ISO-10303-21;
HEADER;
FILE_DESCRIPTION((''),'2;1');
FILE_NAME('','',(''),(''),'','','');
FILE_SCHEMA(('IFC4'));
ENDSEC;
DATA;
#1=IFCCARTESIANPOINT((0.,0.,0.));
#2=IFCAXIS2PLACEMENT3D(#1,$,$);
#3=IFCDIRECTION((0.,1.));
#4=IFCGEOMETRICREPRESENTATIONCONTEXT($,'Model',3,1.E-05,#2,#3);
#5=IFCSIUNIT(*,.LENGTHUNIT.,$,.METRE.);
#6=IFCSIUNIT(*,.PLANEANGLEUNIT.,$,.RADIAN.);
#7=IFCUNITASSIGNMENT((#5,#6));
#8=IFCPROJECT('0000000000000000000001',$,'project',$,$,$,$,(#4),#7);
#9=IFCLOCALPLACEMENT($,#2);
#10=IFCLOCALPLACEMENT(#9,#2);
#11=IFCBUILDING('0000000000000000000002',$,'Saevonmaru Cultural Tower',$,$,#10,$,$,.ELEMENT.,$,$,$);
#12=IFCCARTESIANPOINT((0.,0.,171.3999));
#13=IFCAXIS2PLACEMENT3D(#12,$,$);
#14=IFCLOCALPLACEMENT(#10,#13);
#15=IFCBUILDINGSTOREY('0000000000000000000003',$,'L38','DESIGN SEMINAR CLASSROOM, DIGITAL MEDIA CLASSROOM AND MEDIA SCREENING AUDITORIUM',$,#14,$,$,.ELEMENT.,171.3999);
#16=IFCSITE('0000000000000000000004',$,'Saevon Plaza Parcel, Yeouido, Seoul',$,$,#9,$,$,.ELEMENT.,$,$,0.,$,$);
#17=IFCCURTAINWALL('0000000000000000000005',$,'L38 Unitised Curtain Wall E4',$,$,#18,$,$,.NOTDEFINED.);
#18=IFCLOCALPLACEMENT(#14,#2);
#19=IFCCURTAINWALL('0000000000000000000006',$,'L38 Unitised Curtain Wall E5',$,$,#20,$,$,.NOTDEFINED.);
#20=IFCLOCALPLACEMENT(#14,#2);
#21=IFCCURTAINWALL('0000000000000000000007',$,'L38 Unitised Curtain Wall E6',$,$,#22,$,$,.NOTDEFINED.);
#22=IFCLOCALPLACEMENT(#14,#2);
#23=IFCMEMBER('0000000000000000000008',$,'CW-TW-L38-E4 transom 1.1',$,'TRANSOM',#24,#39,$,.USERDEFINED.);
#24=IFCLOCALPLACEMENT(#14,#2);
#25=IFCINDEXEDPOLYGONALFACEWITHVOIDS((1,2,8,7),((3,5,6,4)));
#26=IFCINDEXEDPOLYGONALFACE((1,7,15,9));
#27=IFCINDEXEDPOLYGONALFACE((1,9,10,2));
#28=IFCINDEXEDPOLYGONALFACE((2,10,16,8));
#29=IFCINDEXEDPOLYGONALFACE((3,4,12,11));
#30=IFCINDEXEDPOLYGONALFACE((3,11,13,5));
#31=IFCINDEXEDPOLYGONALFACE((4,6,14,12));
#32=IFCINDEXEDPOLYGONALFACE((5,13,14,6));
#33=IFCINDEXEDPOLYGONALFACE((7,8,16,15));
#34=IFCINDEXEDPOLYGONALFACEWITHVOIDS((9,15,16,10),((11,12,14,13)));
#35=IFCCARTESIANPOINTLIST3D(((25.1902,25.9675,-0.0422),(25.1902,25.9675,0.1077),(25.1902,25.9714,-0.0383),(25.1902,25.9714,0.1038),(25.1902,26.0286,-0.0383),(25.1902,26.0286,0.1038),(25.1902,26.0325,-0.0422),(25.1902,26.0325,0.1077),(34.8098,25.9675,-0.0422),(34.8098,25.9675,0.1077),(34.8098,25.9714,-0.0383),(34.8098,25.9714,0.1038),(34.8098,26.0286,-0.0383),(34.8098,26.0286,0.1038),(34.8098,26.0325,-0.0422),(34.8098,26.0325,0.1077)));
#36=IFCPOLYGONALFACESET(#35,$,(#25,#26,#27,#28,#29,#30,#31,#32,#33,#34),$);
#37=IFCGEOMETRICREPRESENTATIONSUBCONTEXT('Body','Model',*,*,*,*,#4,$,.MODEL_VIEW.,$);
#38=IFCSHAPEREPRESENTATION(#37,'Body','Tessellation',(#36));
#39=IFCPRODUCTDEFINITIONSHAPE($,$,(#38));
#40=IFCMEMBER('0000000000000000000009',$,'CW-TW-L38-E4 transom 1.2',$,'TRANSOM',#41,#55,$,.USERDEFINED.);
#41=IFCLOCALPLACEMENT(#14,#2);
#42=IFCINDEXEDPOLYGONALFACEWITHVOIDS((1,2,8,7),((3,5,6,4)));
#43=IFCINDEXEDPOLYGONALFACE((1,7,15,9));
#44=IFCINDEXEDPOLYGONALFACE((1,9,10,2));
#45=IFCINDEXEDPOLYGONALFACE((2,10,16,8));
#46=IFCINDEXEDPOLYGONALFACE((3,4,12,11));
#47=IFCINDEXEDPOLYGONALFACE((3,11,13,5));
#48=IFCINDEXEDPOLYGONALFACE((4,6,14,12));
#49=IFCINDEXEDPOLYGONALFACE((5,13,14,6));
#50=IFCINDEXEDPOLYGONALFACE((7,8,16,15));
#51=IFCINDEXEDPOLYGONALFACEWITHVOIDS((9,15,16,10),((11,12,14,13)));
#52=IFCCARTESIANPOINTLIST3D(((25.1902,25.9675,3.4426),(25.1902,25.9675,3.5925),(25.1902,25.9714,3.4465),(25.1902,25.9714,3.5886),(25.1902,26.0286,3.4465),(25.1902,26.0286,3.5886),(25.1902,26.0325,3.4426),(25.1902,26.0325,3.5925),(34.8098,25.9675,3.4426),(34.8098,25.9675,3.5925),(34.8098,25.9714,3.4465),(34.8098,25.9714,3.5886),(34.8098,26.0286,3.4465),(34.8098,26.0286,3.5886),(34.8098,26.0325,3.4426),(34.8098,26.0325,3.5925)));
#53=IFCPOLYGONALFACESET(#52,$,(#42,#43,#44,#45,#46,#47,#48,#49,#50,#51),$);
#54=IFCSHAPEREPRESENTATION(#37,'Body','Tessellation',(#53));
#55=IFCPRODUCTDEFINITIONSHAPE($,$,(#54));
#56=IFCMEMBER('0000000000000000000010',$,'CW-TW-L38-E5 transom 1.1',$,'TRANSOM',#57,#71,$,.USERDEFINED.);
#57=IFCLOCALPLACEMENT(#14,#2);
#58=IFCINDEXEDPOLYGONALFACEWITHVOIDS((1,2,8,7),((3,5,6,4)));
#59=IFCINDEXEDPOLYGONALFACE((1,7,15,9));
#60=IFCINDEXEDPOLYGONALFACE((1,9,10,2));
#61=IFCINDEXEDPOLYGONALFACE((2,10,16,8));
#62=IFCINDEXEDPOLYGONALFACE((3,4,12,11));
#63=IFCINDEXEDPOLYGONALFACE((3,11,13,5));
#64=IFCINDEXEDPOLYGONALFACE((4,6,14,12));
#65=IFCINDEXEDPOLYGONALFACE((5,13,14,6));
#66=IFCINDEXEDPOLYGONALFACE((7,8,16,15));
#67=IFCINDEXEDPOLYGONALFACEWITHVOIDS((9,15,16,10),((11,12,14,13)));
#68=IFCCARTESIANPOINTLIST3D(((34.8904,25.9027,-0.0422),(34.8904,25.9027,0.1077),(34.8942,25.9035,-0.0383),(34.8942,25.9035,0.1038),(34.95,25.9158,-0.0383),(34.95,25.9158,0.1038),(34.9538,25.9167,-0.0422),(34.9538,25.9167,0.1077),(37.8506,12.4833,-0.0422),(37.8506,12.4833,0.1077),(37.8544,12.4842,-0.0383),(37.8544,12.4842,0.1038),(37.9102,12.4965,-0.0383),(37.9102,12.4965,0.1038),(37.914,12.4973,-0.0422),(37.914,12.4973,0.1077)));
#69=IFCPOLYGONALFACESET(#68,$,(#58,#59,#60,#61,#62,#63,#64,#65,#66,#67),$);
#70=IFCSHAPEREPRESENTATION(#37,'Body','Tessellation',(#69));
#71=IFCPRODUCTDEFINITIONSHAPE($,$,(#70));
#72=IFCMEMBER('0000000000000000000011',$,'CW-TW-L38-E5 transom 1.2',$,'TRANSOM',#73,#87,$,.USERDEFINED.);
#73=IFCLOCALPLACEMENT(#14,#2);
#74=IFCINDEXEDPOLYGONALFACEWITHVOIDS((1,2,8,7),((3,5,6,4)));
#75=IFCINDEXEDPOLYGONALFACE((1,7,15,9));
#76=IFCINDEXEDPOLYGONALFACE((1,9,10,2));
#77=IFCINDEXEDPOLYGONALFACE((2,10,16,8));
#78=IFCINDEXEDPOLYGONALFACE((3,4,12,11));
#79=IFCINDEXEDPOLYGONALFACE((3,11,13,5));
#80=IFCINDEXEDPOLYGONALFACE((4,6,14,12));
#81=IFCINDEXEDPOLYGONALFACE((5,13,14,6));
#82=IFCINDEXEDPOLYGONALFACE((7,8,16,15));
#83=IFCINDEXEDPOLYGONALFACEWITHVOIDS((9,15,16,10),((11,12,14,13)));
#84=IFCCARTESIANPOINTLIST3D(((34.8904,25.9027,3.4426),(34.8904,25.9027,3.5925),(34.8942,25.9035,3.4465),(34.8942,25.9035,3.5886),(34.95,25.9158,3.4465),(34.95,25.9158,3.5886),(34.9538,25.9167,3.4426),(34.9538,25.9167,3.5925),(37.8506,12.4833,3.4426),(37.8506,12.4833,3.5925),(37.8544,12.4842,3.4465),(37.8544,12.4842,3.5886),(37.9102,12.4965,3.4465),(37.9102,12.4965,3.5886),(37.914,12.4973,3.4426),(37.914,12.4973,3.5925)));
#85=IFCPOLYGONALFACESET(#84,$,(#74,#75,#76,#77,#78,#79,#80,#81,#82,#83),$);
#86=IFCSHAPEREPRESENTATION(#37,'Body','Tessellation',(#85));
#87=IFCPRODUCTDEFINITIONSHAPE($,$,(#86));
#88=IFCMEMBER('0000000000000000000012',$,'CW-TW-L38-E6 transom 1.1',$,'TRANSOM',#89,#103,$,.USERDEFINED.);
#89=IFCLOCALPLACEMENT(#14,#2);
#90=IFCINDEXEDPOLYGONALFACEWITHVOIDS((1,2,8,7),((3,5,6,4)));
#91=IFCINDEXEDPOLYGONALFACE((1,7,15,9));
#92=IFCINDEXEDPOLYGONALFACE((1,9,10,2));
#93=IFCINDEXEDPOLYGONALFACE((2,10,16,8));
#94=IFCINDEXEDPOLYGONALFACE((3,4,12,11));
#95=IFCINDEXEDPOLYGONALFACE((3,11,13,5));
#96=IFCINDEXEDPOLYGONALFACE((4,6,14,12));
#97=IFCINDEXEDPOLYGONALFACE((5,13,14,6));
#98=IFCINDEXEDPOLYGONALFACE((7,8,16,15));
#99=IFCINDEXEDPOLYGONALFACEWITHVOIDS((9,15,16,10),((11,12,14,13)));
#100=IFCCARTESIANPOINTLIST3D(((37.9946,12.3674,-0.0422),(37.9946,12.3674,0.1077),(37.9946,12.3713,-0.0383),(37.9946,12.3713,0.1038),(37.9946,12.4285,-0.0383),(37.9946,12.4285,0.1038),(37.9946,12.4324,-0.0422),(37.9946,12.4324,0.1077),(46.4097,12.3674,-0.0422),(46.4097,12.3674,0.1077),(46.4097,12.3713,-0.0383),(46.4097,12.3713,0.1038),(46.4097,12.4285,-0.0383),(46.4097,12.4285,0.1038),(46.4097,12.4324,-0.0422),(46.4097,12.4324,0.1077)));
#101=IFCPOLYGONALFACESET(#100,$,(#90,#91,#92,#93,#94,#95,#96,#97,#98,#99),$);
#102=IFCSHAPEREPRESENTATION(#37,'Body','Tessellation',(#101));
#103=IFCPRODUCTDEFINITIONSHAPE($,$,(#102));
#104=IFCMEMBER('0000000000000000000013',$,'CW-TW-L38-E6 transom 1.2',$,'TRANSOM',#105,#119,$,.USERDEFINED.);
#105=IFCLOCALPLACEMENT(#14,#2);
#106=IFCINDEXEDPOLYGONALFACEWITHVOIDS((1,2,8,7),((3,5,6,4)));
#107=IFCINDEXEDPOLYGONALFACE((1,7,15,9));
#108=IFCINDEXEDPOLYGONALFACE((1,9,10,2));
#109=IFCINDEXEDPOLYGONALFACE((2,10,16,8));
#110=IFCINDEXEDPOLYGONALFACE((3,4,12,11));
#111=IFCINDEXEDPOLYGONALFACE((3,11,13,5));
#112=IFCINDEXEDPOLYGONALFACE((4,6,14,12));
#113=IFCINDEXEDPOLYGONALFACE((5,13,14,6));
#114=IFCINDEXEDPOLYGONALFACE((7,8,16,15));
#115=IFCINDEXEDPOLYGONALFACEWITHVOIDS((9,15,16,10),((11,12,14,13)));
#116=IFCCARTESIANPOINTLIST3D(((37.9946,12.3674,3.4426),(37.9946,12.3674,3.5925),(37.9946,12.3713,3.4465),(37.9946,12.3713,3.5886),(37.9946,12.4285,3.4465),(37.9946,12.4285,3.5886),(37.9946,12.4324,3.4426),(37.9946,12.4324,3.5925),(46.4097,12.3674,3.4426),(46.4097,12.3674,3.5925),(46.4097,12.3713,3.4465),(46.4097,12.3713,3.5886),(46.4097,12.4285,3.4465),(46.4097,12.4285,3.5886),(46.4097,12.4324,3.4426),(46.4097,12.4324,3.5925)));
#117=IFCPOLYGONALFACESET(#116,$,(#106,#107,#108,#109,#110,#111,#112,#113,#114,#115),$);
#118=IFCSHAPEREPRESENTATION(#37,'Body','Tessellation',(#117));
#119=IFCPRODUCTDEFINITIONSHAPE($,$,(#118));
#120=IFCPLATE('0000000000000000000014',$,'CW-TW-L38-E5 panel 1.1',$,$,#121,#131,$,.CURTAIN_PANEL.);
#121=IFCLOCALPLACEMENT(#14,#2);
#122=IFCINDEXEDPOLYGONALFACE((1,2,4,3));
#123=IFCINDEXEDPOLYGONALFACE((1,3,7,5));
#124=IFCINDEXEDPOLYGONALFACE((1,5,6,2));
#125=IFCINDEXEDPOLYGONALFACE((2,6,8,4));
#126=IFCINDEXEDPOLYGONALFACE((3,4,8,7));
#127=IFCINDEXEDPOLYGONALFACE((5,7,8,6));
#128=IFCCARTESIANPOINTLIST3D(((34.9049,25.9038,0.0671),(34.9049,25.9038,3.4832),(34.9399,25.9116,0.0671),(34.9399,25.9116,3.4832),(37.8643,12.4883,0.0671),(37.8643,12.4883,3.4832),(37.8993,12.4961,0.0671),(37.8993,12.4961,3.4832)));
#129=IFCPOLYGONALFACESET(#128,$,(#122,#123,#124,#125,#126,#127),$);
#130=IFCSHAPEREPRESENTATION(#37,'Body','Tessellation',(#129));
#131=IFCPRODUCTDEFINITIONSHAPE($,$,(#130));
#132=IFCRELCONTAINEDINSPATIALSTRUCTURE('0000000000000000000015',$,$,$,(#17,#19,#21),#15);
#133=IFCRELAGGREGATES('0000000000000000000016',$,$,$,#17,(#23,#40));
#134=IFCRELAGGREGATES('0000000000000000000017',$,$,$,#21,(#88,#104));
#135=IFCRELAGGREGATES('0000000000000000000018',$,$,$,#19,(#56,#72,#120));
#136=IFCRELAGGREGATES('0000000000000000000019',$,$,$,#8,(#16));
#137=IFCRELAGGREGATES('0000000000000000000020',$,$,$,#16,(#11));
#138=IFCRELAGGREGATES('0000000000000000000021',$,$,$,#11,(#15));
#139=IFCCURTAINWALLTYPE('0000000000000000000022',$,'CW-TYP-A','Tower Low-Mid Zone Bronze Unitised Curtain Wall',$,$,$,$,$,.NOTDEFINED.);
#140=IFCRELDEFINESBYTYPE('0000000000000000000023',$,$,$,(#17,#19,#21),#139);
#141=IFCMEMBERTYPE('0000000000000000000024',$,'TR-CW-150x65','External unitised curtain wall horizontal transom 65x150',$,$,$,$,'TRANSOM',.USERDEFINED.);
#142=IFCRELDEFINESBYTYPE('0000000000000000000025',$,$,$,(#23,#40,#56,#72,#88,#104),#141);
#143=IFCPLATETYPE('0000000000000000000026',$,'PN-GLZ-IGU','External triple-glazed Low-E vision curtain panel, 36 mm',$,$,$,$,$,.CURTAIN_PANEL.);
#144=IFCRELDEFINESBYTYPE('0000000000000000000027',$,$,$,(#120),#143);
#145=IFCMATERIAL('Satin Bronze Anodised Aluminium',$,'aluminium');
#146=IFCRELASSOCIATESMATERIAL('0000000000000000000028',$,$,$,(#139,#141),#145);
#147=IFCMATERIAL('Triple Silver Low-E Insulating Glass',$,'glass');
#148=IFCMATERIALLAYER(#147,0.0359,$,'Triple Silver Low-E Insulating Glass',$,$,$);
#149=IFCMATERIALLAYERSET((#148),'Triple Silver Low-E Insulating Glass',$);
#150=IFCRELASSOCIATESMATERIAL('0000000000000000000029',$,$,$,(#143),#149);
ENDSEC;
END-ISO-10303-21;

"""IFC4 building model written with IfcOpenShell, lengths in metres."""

from ifc_helpers import new_model, si_unit, direction, frame, origin, origin_2d, place, context, subcontext, project, spatial, rectangle, hollow_rectangle, extrude, material, layer, layer_set, material_profile, profile_set, type_object, element, aggregate, save


model = new_model("IFC4")

# Units and contexts
model_context = context("Model", 3, precision=1e-05, world=origin(), true_north=direction((0.0, 1.0)))
body_context = subcontext(model_context, "Body", "Model", "MODEL_VIEW")
ifc_project = project(units=[si_unit("LENGTHUNIT", "METRE"), si_unit("PLANEANGLEUNIT", "RADIAN")], contexts=[model_context])

# Site, building, storey
site_placement = place(None, origin())
site = spatial("IfcSite", under=ifc_project, at=site_placement, Name="Saevon Plaza Parcel, Yeouido, Seoul", CompositionType="ELEMENT", RefElevation=0.0)
building_placement = place(site_placement, origin())
building = spatial("IfcBuilding", under=site, at=building_placement, Name="Saevonmaru Cultural Tower", CompositionType="ELEMENT")
storey_placement = place(building_placement, frame((0.0, 0.0, 171.3999)))
storey = spatial("IfcBuildingStorey", under=building, at=storey_placement, Name="L38", Description="DESIGN SEMINAR CLASSROOM, DIGITAL MEDIA CLASSROOM AND MEDIA SCREENING AUDITORIUM", CompositionType="ELEMENT", Elevation=171.3999)

# Curtain wall
ifc_material_1 = material(Name="Satin Bronze Anodised Aluminium", Category="aluminium")
curtain_wall_type = type_object("IfcCurtainWallType", Name="CW-TYP-A", Description="Tower Low-Mid Zone Bronze Unitised Curtain Wall", PredefinedType="NOTDEFINED", material=ifc_material_1)
curtain_wall_1_placement = place(storey_placement, origin())
curtain_wall_1 = element("IfcCurtainWall", 1, at=curtain_wall_1_placement, inside=storey, type_object=curtain_wall_type, Name="L38 Unitised Curtain Wall E4", PredefinedType="NOTDEFINED")

# Curtain wall
curtain_wall_2_placement = place(storey_placement, origin())
curtain_wall_2 = element("IfcCurtainWall", 2, at=curtain_wall_2_placement, inside=storey, type_object=curtain_wall_type, Name="L38 Unitised Curtain Wall E5", PredefinedType="NOTDEFINED")

# Curtain wall
curtain_wall_3_placement = place(storey_placement, origin())
curtain_wall_3 = element("IfcCurtainWall", 3, at=curtain_wall_3_placement, inside=storey, type_object=curtain_wall_type, Name="L38 Unitised Curtain Wall E6", PredefinedType="NOTDEFINED")

# Members
ifc_material_profile_1 = material_profile(ifc_material_1, hollow_rectangle(XDim=0.0649, YDim=0.1499, WallThickness=0.0039, at=origin_2d()), Name="ALU-TRAN-150x65x4")
ifc_profile_set_1 = profile_set([ifc_material_profile_1], Name="Satin Bronze Anodised Aluminium")
member_type_1 = type_object("IfcMemberType", Name="TR-CW-150x65", Description="External unitised curtain wall horizontal transom 65x150", ElementType="TRANSOM", PredefinedType="USERDEFINED", material=ifc_profile_set_1)
member_1_placement = place(storey_placement, frame((25.1902, 26.0, 0.0327), z_axis=(1.0, 0.0, 0.0), x_axis=(0.0, 1.0, 0.0)))
member_1 = element("IfcMember", 4, at=member_1_placement, type_object=member_type_1, Name="CW-TW-L38-E4 transom 1.1", ObjectType="TRANSOM", PredefinedType="USERDEFINED", context=body_context, shape_type="SweptSolid", body=[
    extrude(hollow_rectangle(XDim=0.0649, YDim=0.1499, WallThickness=0.0039, at=origin_2d()), origin(), (0.0, 0.0, 1.0), 9.6196),
])
member_2_placement = place(storey_placement, frame((25.1902, 26.0, 3.5176), z_axis=(1.0, 0.0, 0.0), x_axis=(0.0, 1.0, 0.0)))
member_2 = element("IfcMember", 5, at=member_2_placement, type_object=member_type_1, Name="CW-TW-L38-E4 transom 1.2", ObjectType="TRANSOM", PredefinedType="USERDEFINED", context=body_context, shape_type="SweptSolid", body=[
    extrude(hollow_rectangle(XDim=0.0649, YDim=0.1499, WallThickness=0.0039, at=origin_2d()), origin(), (0.0, 0.0, 1.0), 9.6196),
])
aggregate(curtain_wall_1, [member_1, member_2])
member_3_placement = place(storey_placement, frame((34.9221, 25.9097, 0.0327), z_axis=(0.215412, -0.976523, 0.0), x_axis=(0.976523, 0.215412, 0.0)))
member_3 = element("IfcMember", 6, at=member_3_placement, type_object=member_type_1, Name="CW-TW-L38-E5 transom 1.1", ObjectType="TRANSOM", PredefinedType="USERDEFINED", context=body_context, shape_type="SweptSolid", body=[
    extrude(hollow_rectangle(XDim=0.0649, YDim=0.1499, WallThickness=0.0039, at=origin_2d()), origin(), (0.0, 0.0, 1.0), 13.7419),
])
member_4_placement = place(storey_placement, frame((34.9221, 25.9097, 3.5176), z_axis=(0.215412, -0.976523, 0.0), x_axis=(0.976523, 0.215412, 0.0)))
member_4 = element("IfcMember", 7, at=member_4_placement, type_object=member_type_1, Name="CW-TW-L38-E5 transom 1.2", ObjectType="TRANSOM", PredefinedType="USERDEFINED", context=body_context, shape_type="SweptSolid", body=[
    extrude(hollow_rectangle(XDim=0.0649, YDim=0.1499, WallThickness=0.0039, at=origin_2d()), origin(), (0.0, 0.0, 1.0), 13.7419),
])
member_5_placement = place(storey_placement, frame((37.9946, 12.3999, 0.0327), z_axis=(1.0, 0.0, 0.0), x_axis=(0.0, 1.0, 0.0)))
member_5 = element("IfcMember", 8, at=member_5_placement, type_object=member_type_1, Name="CW-TW-L38-E6 transom 1.1", ObjectType="TRANSOM", PredefinedType="USERDEFINED", context=body_context, shape_type="SweptSolid", body=[
    extrude(hollow_rectangle(XDim=0.0649, YDim=0.1499, WallThickness=0.0039, at=origin_2d()), origin(), (0.0, 0.0, 1.0), 8.415),
])
member_6_placement = place(storey_placement, frame((37.9946, 12.3999, 3.5176), z_axis=(1.0, 0.0, 0.0), x_axis=(0.0, 1.0, 0.0)))
member_6 = element("IfcMember", 9, at=member_6_placement, type_object=member_type_1, Name="CW-TW-L38-E6 transom 1.2", ObjectType="TRANSOM", PredefinedType="USERDEFINED", context=body_context, shape_type="SweptSolid", body=[
    extrude(hollow_rectangle(XDim=0.0649, YDim=0.1499, WallThickness=0.0039, at=origin_2d()), origin(), (0.0, 0.0, 1.0), 8.415),
])
aggregate(curtain_wall_3, [member_5, member_6])

# Plate
ifc_material_2 = material(Name="Triple Silver Low-E Insulating Glass", Category="glass")
ifc_layer = layer(ifc_material_2, 0.0359, Name="Triple Silver Low-E Insulating Glass")
ifc_layer_set = layer_set([ifc_layer], Name="Triple Silver Low-E Insulating Glass")
plate_type = type_object("IfcPlateType", Name="PN-GLZ-IGU", Description="External triple-glazed Low-E vision curtain panel, 36 mm", PredefinedType="CURTAIN_PANEL", material=ifc_layer_set)
plate_placement = place(storey_placement, frame((36.4021, 19.2, 0.0671), z_axis=(0.0, 0.0, 1.0), x_axis=(0.215413, -0.976523, 0.0)))
plate = element("IfcPlate", 10, at=plate_placement, type_object=plate_type, Name="CW-TW-L38-E5 panel 1.1", PredefinedType="CURTAIN_PANEL", context=body_context, shape_type="SweptSolid", body=[
    extrude(rectangle(XDim=13.738, YDim=0.0359, at=origin_2d()), origin(), (0.0, 0.0, 1.0), 3.416),
])
aggregate(curtain_wall_2, [member_3, member_4, plate])

save(model, "model.ifc")
